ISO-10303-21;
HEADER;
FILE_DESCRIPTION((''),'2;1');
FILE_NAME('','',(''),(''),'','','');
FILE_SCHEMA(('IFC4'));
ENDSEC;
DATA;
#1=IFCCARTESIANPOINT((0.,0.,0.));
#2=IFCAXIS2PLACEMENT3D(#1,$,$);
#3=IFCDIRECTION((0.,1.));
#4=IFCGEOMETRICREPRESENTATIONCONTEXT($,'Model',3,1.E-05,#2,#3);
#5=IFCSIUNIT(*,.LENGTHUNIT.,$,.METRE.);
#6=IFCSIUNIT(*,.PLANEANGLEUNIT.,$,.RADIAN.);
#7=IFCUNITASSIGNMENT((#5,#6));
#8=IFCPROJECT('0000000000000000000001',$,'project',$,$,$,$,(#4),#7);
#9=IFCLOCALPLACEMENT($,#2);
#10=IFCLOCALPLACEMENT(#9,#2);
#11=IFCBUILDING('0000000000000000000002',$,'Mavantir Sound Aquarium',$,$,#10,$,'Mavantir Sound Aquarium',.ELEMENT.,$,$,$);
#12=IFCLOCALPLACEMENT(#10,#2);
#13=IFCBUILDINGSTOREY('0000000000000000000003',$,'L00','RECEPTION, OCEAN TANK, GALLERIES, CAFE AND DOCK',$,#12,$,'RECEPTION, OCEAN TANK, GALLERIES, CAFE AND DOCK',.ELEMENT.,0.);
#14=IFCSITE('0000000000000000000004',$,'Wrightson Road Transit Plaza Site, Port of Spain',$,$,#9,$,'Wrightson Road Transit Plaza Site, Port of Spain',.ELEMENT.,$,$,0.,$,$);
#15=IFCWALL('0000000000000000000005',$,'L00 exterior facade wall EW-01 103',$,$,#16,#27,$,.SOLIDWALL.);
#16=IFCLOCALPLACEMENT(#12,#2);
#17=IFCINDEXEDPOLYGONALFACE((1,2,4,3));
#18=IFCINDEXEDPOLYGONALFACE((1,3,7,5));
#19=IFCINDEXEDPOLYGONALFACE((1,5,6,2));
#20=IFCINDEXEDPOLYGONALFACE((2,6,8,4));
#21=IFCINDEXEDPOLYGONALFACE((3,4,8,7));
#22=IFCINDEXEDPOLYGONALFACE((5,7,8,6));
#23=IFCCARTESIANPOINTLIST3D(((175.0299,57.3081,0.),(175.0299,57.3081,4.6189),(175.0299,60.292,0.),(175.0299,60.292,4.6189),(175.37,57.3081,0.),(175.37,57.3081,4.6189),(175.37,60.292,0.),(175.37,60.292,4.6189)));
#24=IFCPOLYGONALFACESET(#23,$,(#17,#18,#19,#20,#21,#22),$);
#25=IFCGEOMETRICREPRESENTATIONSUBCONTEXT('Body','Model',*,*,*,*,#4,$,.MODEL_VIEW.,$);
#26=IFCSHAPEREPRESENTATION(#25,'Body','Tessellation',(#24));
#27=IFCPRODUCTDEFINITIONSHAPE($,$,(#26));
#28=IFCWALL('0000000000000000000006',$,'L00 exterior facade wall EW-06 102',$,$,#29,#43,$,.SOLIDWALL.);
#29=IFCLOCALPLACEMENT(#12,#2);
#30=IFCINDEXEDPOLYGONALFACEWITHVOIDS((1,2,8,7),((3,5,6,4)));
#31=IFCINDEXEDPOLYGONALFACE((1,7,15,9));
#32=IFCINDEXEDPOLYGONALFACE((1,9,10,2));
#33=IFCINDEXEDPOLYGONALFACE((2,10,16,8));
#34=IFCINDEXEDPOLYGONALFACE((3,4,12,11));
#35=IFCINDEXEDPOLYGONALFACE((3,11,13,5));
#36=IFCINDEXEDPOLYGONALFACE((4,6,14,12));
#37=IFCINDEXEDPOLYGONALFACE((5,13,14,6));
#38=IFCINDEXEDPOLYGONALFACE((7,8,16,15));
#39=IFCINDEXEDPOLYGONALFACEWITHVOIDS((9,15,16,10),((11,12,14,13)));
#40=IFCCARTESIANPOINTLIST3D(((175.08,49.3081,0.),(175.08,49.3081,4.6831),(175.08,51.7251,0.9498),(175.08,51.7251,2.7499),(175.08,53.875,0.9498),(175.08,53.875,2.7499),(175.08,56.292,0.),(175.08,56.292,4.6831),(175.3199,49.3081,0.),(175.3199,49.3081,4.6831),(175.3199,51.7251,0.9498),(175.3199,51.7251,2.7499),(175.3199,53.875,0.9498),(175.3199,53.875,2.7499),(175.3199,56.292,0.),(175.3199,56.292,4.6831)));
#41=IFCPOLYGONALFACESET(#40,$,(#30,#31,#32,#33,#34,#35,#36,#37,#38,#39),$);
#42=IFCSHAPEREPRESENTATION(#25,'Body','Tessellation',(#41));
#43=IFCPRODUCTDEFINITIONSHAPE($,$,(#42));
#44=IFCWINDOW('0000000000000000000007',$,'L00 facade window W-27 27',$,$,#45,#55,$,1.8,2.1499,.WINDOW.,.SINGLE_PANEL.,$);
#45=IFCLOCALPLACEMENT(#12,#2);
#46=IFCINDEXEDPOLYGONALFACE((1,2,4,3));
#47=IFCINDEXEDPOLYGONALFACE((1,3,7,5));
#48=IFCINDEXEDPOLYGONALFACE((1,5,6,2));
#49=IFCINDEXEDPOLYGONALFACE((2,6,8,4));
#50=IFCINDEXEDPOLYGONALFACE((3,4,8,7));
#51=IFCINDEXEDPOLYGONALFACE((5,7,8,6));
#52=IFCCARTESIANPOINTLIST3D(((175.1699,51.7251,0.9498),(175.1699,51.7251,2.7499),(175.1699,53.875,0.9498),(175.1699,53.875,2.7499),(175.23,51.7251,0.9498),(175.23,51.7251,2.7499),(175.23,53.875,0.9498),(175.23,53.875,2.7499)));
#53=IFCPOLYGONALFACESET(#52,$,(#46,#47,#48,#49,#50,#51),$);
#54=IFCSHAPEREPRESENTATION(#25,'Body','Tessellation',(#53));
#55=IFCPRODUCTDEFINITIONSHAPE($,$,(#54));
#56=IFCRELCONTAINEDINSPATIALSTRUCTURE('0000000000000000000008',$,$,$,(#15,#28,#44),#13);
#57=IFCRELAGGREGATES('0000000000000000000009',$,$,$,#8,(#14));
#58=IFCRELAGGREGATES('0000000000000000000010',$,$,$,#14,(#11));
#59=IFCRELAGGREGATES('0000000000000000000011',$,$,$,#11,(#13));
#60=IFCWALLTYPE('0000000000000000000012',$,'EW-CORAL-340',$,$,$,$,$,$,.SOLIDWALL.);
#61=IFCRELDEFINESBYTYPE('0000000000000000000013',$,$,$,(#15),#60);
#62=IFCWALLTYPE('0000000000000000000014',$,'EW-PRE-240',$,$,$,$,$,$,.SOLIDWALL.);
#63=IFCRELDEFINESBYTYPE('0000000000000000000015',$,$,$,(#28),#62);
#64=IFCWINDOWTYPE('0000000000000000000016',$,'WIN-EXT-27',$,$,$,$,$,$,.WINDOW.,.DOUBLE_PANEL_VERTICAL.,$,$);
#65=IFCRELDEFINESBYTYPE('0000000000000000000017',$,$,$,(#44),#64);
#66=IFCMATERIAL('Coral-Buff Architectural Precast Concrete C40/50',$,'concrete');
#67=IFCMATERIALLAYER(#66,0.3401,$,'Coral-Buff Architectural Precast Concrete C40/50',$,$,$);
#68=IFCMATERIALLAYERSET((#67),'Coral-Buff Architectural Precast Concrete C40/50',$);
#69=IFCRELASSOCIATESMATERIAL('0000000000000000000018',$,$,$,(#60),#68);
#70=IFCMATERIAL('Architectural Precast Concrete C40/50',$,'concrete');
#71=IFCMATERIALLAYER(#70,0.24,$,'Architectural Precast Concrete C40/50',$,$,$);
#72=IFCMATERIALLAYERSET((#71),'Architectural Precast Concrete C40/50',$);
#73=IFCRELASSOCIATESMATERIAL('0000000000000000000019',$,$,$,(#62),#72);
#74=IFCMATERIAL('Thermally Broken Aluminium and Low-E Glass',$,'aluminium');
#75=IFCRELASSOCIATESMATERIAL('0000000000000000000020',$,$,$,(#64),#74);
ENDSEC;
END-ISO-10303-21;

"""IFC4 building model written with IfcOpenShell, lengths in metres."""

from ifc_helpers import new_model, si_unit, direction, frame, frame_2d, origin, place, context, subcontext, project, spatial, rectangle, extrude, material, layer, layer_set, type_object, element, fill, save


model = new_model("IFC4")

# Units and contexts
model_context = context("Model", 3, precision=1e-05, world=origin(), true_north=direction((0.0, 1.0)))
body_context = subcontext(model_context, "Body", "Model", "MODEL_VIEW")
ifc_project = project(units=[si_unit("LENGTHUNIT", "METRE"), si_unit("PLANEANGLEUNIT", "RADIAN")], contexts=[model_context])

# Site, building, storey
site_placement = place(None, origin())
site = spatial("IfcSite", under=ifc_project, at=site_placement, Name="Wrightson Road Transit Plaza Site, Port of Spain", LongName="Wrightson Road Transit Plaza Site, Port of Spain", CompositionType="ELEMENT", RefElevation=0.0)
building_placement = place(site_placement, origin())
building = spatial("IfcBuilding", under=site, at=building_placement, Name="Mavantir Sound Aquarium", LongName="Mavantir Sound Aquarium", CompositionType="ELEMENT")
storey_placement = place(building_placement, origin())
storey = spatial("IfcBuildingStorey", under=building, at=storey_placement, Name="L00", Description="RECEPTION, OCEAN TANK, GALLERIES, CAFE AND DOCK", LongName="RECEPTION, OCEAN TANK, GALLERIES, CAFE AND DOCK", CompositionType="ELEMENT", Elevation=0.0)

# Shared definitions
ifc_material_1 = material(Name="Coral-Buff Architectural Precast Concrete C40/50", Category="concrete")
ifc_material_2 = material(Name="Thermally Broken Aluminium and Low-E Glass", Category="aluminium")

# Wall
ifc_layer_1 = layer(ifc_material_1, 0.3401, Name="Coral-Buff Architectural Precast Concrete C40/50")
ifc_layer_set_1 = layer_set([ifc_layer_1], Name="Coral-Buff Architectural Precast Concrete C40/50")
wall_type_1 = type_object("IfcWallType", Name="EW-CORAL-340", PredefinedType="SOLIDWALL", material=ifc_layer_set_1)
wall_1_placement = place(storey_placement, frame((175.2, 57.3081, 0.0), z_axis=(0.0, 0.0, 1.0), x_axis=(0.0, 1.0, 0.0)))
element("IfcWall", 1, at=wall_1_placement, inside=storey, type_object=wall_type_1, Name="L00 exterior facade wall EW-01 103", PredefinedType="SOLIDWALL", context=body_context, shape_type="SweptSolid", body=[
    extrude(rectangle(XDim=2.9839, YDim=0.3401, at=frame_2d((1.4919, 0.0))), origin(), (0.0, 0.0, 1.0), 4.6189),
])

# Wall, opening, window
ifc_material_3 = material(Name="Architectural Precast Concrete C40/50", Category="concrete")
ifc_layer_2 = layer(ifc_material_3, 0.24, Name="Architectural Precast Concrete C40/50")
ifc_layer_set_2 = layer_set([ifc_layer_2], Name="Architectural Precast Concrete C40/50")
wall_type_2 = type_object("IfcWallType", Name="EW-PRE-240", PredefinedType="SOLIDWALL", material=ifc_layer_set_2)
wall_2_placement = place(storey_placement, frame((175.2, 49.3081, 0.0), z_axis=(0.0, 0.0, 1.0), x_axis=(0.0, 1.0, 0.0)))
wall_2 = element("IfcWall", 2, at=wall_2_placement, inside=storey, type_object=wall_type_2, Name="L00 exterior facade wall EW-06 102", PredefinedType="SOLIDWALL", context=body_context, shape_type="SweptSolid", body=[
    extrude(rectangle(XDim=6.9839, YDim=0.24, at=frame_2d((3.4919, 0.0))), origin(), (0.0, 0.0, 1.0), 4.6831),
])
opening_1_placement = place(wall_2_placement, frame((2.417, 0.0, 0.95)))
opening_1 = element("IfcOpeningElement", 3, at=opening_1_placement, cuts=wall_2, PredefinedType="OPENING", context=body_context, shape_type="SweptSolid", body=[
    extrude(rectangle(XDim=2.1499, YDim=1.8, at=frame_2d((1.075, 0.8999))), frame((0.0, 0.1299, 0.0), z_axis=(0.0, -1.0, 0.0), x_axis=(1.0, 0.0, 0.0)), (0.0, 0.0, 1.0), 0.26),
])
window_type_1 = type_object("IfcWindowType", Name="WIN-EXT-27", PartitioningType="DOUBLE_PANEL_VERTICAL", PredefinedType="WINDOW", material=ifc_material_2)
window_1_placement = place(opening_1_placement, origin())
window_1 = element("IfcWindow", 4, at=window_1_placement, inside=storey, type_object=window_type_1, Name="L00 facade window W-27 27", OverallHeight=1.8, OverallWidth=2.1499, PartitioningType="SINGLE_PANEL", PredefinedType="WINDOW", context=body_context, shape_type="SweptSolid", body=[
    extrude(rectangle(XDim=2.1499, YDim=1.8, at=frame_2d((1.075, 0.8999))), frame((0.0, 0.03, 0.0), z_axis=(0.0, -1.0, 0.0), x_axis=(1.0, 0.0, 0.0)), (0.0, 0.0, 1.0), 0.0601),
])
fill(opening_1, window_1)

save(model, "model.ifc")
